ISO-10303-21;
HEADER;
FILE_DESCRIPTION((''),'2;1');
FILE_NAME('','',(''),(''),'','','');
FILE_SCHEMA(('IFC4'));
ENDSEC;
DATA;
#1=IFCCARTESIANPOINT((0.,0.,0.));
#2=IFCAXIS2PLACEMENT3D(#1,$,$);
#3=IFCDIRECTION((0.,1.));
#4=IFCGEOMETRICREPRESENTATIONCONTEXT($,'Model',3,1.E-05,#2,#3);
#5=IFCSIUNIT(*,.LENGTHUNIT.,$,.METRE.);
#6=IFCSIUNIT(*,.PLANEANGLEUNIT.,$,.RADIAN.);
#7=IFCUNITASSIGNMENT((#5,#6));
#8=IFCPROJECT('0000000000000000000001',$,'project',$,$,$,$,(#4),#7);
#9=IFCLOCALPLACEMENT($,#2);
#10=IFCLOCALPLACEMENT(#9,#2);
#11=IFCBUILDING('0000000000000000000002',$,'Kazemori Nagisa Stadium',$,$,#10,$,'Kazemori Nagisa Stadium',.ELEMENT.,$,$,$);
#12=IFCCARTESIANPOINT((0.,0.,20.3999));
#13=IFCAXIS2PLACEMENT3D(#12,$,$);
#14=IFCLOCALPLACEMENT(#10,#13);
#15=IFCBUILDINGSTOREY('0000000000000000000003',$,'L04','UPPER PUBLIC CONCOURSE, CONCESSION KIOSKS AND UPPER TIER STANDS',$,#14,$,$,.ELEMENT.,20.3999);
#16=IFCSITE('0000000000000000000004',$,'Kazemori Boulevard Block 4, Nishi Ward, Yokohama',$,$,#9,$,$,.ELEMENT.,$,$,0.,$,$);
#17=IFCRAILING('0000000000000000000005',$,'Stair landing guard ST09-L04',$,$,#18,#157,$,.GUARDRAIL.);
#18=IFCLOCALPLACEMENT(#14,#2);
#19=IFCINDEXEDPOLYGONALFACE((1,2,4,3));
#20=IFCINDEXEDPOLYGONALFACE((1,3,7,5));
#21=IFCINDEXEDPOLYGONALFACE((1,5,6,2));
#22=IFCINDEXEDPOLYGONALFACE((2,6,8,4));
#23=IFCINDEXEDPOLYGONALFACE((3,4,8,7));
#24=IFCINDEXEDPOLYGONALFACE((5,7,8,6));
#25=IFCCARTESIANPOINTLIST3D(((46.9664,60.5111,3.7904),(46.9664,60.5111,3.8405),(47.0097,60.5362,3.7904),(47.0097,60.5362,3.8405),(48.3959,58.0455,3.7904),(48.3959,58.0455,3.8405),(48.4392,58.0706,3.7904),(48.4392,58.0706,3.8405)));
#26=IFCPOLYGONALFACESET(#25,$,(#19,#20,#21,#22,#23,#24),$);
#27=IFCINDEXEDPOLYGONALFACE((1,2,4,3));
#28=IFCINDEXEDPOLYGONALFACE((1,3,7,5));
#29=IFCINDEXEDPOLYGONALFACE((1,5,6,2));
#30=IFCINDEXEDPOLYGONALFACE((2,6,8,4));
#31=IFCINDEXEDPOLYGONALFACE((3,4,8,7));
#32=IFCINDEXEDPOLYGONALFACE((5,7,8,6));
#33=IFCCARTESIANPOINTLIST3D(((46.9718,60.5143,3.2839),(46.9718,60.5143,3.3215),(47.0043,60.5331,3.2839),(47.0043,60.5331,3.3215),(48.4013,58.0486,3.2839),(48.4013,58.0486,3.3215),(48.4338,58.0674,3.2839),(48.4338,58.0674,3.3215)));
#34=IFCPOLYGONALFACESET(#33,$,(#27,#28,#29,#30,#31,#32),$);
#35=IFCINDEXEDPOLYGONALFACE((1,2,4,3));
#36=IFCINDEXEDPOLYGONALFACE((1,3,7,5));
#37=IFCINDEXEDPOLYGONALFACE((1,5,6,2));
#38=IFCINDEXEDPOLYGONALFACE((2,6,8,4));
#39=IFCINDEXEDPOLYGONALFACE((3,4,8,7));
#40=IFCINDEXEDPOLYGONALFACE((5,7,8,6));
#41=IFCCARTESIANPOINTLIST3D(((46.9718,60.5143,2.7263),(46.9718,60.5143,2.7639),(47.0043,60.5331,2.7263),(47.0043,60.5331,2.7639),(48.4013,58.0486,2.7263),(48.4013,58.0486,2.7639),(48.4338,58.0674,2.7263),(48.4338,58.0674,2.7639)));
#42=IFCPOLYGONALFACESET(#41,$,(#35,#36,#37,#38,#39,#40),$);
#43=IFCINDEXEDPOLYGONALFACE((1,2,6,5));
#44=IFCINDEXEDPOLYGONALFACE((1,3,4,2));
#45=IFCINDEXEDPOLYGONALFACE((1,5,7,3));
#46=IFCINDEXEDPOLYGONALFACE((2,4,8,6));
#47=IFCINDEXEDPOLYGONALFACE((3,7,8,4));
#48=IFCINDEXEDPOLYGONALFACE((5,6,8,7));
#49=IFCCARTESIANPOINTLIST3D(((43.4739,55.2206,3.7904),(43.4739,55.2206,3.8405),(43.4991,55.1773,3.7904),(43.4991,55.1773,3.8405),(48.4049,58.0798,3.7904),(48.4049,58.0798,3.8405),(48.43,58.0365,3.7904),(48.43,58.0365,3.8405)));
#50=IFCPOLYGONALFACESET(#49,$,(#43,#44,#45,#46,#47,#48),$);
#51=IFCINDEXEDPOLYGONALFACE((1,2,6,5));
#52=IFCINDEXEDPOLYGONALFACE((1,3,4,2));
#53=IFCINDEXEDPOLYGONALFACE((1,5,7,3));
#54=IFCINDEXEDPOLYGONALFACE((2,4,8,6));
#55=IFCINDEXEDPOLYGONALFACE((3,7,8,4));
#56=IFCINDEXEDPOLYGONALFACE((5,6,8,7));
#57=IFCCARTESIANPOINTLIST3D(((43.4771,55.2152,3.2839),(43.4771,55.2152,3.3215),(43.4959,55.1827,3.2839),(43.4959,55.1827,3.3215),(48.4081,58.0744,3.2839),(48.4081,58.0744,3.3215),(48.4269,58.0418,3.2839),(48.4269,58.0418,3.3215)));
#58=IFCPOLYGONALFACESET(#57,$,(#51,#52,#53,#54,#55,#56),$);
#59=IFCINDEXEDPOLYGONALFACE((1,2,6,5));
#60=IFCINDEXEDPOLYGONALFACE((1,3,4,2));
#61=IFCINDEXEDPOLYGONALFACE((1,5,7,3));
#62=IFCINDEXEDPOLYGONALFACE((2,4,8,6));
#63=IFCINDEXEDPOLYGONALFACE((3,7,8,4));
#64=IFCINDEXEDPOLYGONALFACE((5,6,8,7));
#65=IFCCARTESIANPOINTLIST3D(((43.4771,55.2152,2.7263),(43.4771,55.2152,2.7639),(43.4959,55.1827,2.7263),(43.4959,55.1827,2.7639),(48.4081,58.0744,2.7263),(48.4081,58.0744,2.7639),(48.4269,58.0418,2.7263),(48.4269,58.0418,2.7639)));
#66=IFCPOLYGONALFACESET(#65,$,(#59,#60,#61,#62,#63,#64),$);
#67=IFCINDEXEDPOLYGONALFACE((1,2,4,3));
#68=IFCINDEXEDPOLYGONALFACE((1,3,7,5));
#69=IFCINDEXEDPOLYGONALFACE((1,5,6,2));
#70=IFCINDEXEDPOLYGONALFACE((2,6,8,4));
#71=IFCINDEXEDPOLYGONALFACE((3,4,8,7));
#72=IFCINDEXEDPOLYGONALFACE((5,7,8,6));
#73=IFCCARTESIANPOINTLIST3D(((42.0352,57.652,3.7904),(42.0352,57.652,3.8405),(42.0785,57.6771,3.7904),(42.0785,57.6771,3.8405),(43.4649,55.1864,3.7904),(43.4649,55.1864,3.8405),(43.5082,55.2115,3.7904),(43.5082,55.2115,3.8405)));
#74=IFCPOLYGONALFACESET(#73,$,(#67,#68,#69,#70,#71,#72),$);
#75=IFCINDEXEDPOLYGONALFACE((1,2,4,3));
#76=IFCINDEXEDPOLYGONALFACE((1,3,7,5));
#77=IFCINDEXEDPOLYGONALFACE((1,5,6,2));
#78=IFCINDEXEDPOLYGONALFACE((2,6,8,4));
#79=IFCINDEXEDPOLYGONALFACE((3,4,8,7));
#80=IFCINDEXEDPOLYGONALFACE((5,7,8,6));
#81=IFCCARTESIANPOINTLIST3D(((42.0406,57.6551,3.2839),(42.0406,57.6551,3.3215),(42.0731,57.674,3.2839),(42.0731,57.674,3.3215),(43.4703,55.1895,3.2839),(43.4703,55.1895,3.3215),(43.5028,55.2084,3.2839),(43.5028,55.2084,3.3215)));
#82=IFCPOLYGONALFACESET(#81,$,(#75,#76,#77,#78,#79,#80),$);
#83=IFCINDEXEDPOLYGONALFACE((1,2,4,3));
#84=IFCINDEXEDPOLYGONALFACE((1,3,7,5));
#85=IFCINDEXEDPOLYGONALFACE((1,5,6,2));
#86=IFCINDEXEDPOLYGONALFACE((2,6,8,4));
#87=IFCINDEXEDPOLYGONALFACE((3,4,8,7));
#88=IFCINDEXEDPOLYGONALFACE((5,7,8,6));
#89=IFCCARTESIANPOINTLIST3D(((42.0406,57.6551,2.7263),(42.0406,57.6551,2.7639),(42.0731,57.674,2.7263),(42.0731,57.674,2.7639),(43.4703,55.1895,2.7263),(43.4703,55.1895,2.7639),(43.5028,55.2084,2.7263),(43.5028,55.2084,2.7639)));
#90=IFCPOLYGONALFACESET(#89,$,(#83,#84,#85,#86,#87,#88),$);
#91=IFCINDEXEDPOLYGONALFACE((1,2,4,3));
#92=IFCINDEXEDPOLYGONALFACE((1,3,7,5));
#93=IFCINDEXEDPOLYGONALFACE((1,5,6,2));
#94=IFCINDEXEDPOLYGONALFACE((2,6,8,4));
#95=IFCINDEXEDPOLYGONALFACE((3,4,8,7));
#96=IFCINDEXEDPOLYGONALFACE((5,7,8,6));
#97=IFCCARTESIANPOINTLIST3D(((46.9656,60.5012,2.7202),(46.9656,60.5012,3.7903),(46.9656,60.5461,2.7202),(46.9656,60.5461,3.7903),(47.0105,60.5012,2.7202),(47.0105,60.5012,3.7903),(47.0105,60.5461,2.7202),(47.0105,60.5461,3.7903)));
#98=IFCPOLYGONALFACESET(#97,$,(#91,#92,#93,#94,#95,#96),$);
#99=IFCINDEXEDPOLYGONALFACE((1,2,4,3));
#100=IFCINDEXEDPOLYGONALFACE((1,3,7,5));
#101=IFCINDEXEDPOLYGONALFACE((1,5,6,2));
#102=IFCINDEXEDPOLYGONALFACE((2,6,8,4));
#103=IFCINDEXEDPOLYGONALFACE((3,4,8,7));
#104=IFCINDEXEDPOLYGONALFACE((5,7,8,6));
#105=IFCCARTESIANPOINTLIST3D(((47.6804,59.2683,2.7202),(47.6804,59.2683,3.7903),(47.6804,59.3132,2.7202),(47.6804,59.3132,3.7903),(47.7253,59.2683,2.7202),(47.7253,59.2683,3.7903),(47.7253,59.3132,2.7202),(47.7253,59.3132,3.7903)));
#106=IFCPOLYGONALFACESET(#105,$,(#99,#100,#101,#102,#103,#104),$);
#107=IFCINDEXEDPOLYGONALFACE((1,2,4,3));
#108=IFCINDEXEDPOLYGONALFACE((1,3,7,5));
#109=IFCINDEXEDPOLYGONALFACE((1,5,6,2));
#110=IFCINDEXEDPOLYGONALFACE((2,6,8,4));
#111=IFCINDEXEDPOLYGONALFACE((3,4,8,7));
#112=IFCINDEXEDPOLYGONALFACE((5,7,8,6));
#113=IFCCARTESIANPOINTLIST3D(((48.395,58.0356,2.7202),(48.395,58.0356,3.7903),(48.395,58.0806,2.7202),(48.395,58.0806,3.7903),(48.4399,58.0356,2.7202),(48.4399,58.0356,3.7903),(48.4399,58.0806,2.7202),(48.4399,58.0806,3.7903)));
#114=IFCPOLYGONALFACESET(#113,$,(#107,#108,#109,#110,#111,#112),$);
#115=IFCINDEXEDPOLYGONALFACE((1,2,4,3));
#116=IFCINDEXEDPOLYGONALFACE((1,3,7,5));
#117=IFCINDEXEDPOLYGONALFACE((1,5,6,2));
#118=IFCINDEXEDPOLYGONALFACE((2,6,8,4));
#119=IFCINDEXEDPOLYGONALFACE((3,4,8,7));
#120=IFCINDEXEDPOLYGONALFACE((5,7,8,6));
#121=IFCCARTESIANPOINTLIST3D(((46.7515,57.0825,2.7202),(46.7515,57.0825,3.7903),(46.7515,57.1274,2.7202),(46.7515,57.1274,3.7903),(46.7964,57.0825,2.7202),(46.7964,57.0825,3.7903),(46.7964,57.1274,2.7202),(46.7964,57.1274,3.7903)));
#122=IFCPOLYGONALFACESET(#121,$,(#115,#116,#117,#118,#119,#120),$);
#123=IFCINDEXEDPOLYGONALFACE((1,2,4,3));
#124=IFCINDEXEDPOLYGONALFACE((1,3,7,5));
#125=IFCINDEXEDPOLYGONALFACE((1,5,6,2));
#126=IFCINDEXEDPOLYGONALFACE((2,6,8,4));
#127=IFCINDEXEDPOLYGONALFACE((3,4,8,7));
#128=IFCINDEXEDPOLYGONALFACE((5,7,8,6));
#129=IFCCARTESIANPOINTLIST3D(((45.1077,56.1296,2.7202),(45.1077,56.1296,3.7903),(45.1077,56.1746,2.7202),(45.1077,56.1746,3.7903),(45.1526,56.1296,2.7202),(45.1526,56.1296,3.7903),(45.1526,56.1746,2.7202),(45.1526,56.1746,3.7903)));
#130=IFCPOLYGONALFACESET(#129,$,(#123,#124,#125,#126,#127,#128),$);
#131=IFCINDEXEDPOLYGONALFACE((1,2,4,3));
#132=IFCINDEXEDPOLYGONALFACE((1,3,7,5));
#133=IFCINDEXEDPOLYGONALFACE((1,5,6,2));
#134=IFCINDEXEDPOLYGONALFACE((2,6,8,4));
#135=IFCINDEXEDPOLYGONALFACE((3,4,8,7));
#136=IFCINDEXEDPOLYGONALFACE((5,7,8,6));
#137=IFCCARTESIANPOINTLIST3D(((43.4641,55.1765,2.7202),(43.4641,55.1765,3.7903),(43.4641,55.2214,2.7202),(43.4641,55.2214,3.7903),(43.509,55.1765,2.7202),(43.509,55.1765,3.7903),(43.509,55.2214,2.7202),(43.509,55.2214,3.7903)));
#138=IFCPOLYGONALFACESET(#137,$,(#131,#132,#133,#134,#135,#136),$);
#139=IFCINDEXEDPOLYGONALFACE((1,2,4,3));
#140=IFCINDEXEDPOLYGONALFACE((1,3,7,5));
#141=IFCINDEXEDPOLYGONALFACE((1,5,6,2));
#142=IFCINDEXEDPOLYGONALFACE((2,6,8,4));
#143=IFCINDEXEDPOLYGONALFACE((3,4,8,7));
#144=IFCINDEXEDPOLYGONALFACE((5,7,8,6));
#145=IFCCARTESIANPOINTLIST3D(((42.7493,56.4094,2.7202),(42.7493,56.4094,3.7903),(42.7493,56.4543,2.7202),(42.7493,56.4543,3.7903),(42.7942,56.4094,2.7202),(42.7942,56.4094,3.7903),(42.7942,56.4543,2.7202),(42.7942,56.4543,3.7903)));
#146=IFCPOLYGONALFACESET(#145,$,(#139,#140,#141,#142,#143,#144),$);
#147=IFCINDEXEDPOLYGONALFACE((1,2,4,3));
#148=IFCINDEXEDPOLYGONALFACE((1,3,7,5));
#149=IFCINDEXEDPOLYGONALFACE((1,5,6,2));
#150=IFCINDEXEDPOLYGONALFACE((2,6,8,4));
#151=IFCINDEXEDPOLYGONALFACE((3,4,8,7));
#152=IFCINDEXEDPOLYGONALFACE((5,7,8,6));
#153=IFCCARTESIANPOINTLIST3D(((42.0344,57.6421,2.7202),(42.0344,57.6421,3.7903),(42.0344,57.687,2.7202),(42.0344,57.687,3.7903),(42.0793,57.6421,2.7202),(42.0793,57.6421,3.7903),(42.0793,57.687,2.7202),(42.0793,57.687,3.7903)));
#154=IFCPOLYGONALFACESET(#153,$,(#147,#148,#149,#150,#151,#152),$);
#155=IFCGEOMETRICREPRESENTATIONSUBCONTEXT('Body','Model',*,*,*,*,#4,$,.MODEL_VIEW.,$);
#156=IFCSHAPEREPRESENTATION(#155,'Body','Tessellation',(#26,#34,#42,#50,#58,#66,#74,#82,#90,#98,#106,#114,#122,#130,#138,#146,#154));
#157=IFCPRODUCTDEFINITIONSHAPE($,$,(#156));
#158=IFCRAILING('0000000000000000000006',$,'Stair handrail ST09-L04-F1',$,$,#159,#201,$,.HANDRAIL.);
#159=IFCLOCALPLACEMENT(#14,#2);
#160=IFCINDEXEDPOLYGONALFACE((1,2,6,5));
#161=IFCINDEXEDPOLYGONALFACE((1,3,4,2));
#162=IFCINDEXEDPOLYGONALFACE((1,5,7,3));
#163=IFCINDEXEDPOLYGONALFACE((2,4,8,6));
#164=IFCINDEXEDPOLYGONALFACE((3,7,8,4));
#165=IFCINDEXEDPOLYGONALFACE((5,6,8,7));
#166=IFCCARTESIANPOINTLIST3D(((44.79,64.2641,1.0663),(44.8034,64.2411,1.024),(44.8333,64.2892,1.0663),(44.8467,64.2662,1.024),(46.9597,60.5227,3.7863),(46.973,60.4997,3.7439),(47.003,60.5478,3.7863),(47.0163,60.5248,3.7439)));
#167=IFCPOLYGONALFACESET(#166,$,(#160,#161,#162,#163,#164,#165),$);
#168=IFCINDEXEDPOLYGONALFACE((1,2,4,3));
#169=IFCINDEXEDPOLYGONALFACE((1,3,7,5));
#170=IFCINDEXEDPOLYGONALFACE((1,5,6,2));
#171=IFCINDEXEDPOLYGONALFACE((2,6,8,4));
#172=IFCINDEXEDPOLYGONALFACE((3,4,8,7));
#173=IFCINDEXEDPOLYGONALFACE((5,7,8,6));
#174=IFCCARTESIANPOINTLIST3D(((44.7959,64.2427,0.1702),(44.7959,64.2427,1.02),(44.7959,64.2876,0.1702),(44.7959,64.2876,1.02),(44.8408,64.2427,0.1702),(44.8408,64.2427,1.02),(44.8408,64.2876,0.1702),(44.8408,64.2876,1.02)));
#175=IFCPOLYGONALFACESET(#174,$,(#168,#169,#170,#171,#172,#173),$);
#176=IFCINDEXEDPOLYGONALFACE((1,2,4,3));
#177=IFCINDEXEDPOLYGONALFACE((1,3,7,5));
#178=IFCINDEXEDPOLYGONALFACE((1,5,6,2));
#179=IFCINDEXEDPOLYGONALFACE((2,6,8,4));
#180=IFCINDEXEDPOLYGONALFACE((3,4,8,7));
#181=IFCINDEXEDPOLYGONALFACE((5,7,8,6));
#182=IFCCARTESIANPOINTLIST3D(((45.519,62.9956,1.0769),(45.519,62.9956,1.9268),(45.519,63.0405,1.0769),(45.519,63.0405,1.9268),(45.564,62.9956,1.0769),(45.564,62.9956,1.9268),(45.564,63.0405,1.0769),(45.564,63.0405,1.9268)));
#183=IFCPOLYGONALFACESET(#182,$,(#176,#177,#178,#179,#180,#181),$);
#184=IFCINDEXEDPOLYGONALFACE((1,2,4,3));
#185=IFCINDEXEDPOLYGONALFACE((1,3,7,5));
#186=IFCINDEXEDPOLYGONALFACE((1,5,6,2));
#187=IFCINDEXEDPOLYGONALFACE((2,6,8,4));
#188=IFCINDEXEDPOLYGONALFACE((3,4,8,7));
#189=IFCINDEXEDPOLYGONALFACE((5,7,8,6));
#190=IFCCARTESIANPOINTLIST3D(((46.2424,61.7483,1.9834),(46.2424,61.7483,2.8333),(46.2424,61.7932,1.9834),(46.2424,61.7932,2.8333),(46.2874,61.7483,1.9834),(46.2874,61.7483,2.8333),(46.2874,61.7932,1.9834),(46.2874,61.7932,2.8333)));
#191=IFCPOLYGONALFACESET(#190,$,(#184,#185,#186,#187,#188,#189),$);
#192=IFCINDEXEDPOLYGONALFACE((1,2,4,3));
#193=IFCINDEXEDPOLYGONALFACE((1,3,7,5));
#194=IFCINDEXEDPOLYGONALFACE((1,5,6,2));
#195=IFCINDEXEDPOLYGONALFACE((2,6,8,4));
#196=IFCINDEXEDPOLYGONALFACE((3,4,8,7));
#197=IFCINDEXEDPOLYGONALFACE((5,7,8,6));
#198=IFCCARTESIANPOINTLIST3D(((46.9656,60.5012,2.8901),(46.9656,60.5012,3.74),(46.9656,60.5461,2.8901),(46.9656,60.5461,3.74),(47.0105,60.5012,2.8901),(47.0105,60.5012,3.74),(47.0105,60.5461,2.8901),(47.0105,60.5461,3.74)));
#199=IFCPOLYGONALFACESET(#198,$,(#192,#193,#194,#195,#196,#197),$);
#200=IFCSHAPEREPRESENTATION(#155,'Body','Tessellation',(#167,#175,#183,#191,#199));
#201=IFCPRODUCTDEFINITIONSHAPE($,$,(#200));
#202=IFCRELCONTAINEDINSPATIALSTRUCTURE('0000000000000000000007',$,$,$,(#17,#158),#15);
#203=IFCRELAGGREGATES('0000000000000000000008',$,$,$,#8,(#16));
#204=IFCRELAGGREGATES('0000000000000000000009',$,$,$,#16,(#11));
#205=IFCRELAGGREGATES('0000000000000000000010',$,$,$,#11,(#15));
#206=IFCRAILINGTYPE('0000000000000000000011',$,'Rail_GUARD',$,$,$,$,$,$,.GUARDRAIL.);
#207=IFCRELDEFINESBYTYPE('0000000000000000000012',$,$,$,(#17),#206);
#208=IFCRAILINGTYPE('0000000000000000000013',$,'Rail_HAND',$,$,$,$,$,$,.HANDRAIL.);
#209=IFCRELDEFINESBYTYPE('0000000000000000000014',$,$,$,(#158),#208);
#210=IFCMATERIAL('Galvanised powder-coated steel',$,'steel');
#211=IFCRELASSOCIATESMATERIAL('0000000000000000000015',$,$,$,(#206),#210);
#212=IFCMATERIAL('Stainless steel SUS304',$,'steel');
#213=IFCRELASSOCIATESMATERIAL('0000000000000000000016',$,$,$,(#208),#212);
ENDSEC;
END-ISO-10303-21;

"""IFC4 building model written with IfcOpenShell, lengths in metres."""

from ifc_helpers import new_model, si_unit, direction, frame, origin, origin_2d, place, context, subcontext, project, spatial, rectangle, extrude, material, type_object, element, save


model = new_model("IFC4")

# Units and contexts
model_context = context("Model", 3, precision=1e-05, world=origin(), true_north=direction((0.0, 1.0)))
body_context = subcontext(model_context, "Body", "Model", "MODEL_VIEW")
ifc_project = project(units=[si_unit("LENGTHUNIT", "METRE"), si_unit("PLANEANGLEUNIT", "RADIAN")], contexts=[model_context])

# Site, building, storey
site_placement = place(None, origin())
site = spatial("IfcSite", under=ifc_project, at=site_placement, Name="Kazemori Boulevard Block 4, Nishi Ward, Yokohama", CompositionType="ELEMENT", RefElevation=0.0)
building_placement = place(site_placement, origin())
building = spatial("IfcBuilding", under=site, at=building_placement, Name="Kazemori Nagisa Stadium", LongName="Kazemori Nagisa Stadium", CompositionType="ELEMENT")
storey_placement = place(building_placement, frame((0.0, 0.0, 20.3999)))
storey = spatial("IfcBuildingStorey", under=building, at=storey_placement, Name="L04", Description="UPPER PUBLIC CONCOURSE, CONCESSION KIOSKS AND UPPER TIER STANDS", CompositionType="ELEMENT", Elevation=20.3999)

# Shared definitions
ifc_material_1 = material(Name="Stainless steel SUS304", Category="steel")

# Railings
ifc_material_2 = material(Name="Galvanised powder-coated steel", Category="steel")
railing_type_1 = type_object("IfcRailingType", Name="Rail_GUARD", PredefinedType="GUARDRAIL", material=ifc_material_2)
railing_1_placement = place(storey_placement, frame((46.988, 60.5237, 2.7202)))
element("IfcRailing", 1, at=railing_1_placement, inside=storey, type_object=railing_type_1, Name="Stair landing guard ST09-L04", PredefinedType="GUARDRAIL", context=body_context, shape_type="SweptSolid", body=[
    extrude(rectangle(XDim=0.05, YDim=0.05, at=origin_2d()), frame((0.0, 0.0, 1.0952), z_axis=(0.501563, -0.865121, 0.0), x_axis=(0.865121, 0.501563, 0.0)), (0.0, 0.0, 1.0), 2.8501),
    extrude(rectangle(XDim=0.0376, YDim=0.0376, at=origin_2d()), frame((0.0, 0.0, 0.5825), z_axis=(0.501563, -0.865121, 0.0), x_axis=(0.865121, 0.501563, 0.0)), (0.0, 0.0, 1.0), 2.8501),
    extrude(rectangle(XDim=0.0376, YDim=0.0376, at=origin_2d()), frame((0.0, 0.0, 0.0249), z_axis=(0.501563, -0.865121, 0.0), x_axis=(0.865121, 0.501563, 0.0)), (0.0, 0.0, 1.0), 2.8501),
    extrude(rectangle(XDim=0.05, YDim=0.05, at=origin_2d()), frame((1.4294, -2.4656, 1.0952), z_axis=(-0.865092, -0.501614, 0.0), x_axis=(0.501614, -0.865092, 0.0)), (0.0, 0.0, 1.0), 5.7),
    extrude(rectangle(XDim=0.0376, YDim=0.0376, at=origin_2d()), frame((1.4294, -2.4656, 0.5825), z_axis=(-0.865092, -0.501614, 0.0), x_axis=(0.501614, -0.865092, 0.0)), (0.0, 0.0, 1.0), 5.7),
    extrude(rectangle(XDim=0.0376, YDim=0.0376, at=origin_2d()), frame((1.4294, -2.4656, 0.0249), z_axis=(-0.865092, -0.501614, 0.0), x_axis=(0.501614, -0.865092, 0.0)), (0.0, 0.0, 1.0), 5.7),
    extrude(rectangle(XDim=0.05, YDim=0.05, at=origin_2d()), frame((-3.5015, -5.3247, 1.0952), z_axis=(-0.501627, 0.865084, 0.0), x_axis=(-0.865084, -0.501627, 0.0)), (0.0, 0.0, 1.0), 2.8501),
    extrude(rectangle(XDim=0.0376, YDim=0.0376, at=origin_2d()), frame((-3.5015, -5.3247, 0.5825), z_axis=(-0.501627, 0.865084, 0.0), x_axis=(-0.865084, -0.501627, 0.0)), (0.0, 0.0, 1.0), 2.8501),
    extrude(rectangle(XDim=0.0376, YDim=0.0376, at=origin_2d()), frame((-3.5015, -5.3247, 0.0249), z_axis=(-0.501627, 0.865084, 0.0), x_axis=(-0.865084, -0.501627, 0.0)), (0.0, 0.0, 1.0), 2.8501),
    extrude(rectangle(XDim=0.0449, YDim=0.0449, at=origin_2d()), origin(), (0.0, 0.0, 1.0), 1.0701),
    extrude(rectangle(XDim=0.0449, YDim=0.0449, at=origin_2d()), frame((0.7148, -1.2329, 0.0)), (0.0, 0.0, 1.0), 1.0701),
    extrude(rectangle(XDim=0.0449, YDim=0.0449, at=origin_2d()), frame((1.4294, -2.4656, 0.0)), (0.0, 0.0, 1.0), 1.0701),
    extrude(rectangle(XDim=0.0449, YDim=0.0449, at=origin_2d()), frame((-0.2141, -3.4187, 0.0)), (0.0, 0.0, 1.0), 1.0701),
    extrude(rectangle(XDim=0.0449, YDim=0.0449, at=origin_2d()), frame((-1.8579, -4.3716, 0.0)), (0.0, 0.0, 1.0), 1.0701),
    extrude(rectangle(XDim=0.0449, YDim=0.0449, at=origin_2d()), frame((-3.5015, -5.3247, 0.0)), (0.0, 0.0, 1.0), 1.0701),
    extrude(rectangle(XDim=0.0449, YDim=0.0449, at=origin_2d()), frame((-4.2163, -4.0918, 0.0)), (0.0, 0.0, 1.0), 1.0701),
    extrude(rectangle(XDim=0.0449, YDim=0.0449, at=origin_2d()), frame((-4.9312, -2.8591, 0.0)), (0.0, 0.0, 1.0), 1.0701),
])
railing_type_2 = type_object("IfcRailingType", Name="Rail_HAND", PredefinedType="HANDRAIL", material=ifc_material_1)
railing_2_placement = place(storey_placement, frame((44.8184, 64.2651, 0.1702)))
element("IfcRailing", 2, at=railing_2_placement, inside=storey, type_object=railing_type_2, Name="Stair handrail ST09-L04-F1", PredefinedType="HANDRAIL", context=body_context, shape_type="SweptSolid", body=[
    extrude(rectangle(XDim=0.05, YDim=0.05, at=origin_2d()), frame((0.0, 0.0, 0.875), z_axis=(0.424658, -0.732293, 0.532364), x_axis=(0.865068, 0.501655, 0.0)), (0.0, 0.0, 1.0), 5.1091),
    extrude(rectangle(XDim=0.0449, YDim=0.0449, at=origin_2d()), origin(), (0.0, 0.0, 1.0), 0.8499),
    extrude(rectangle(XDim=0.0449, YDim=0.0449, at=origin_2d()), frame((0.7231, -1.2471, 0.9067)), (0.0, 0.0, 1.0), 0.8499),
    extrude(rectangle(XDim=0.0449, YDim=0.0449, at=origin_2d()), frame((1.4465, -2.4944, 1.8132)), (0.0, 0.0, 1.0), 0.8499),
    extrude(rectangle(XDim=0.0449, YDim=0.0449, at=origin_2d()), frame((2.1697, -3.7415, 2.72)), (0.0, 0.0, 1.0), 0.8499),
])

save(model, "model.ifc")
